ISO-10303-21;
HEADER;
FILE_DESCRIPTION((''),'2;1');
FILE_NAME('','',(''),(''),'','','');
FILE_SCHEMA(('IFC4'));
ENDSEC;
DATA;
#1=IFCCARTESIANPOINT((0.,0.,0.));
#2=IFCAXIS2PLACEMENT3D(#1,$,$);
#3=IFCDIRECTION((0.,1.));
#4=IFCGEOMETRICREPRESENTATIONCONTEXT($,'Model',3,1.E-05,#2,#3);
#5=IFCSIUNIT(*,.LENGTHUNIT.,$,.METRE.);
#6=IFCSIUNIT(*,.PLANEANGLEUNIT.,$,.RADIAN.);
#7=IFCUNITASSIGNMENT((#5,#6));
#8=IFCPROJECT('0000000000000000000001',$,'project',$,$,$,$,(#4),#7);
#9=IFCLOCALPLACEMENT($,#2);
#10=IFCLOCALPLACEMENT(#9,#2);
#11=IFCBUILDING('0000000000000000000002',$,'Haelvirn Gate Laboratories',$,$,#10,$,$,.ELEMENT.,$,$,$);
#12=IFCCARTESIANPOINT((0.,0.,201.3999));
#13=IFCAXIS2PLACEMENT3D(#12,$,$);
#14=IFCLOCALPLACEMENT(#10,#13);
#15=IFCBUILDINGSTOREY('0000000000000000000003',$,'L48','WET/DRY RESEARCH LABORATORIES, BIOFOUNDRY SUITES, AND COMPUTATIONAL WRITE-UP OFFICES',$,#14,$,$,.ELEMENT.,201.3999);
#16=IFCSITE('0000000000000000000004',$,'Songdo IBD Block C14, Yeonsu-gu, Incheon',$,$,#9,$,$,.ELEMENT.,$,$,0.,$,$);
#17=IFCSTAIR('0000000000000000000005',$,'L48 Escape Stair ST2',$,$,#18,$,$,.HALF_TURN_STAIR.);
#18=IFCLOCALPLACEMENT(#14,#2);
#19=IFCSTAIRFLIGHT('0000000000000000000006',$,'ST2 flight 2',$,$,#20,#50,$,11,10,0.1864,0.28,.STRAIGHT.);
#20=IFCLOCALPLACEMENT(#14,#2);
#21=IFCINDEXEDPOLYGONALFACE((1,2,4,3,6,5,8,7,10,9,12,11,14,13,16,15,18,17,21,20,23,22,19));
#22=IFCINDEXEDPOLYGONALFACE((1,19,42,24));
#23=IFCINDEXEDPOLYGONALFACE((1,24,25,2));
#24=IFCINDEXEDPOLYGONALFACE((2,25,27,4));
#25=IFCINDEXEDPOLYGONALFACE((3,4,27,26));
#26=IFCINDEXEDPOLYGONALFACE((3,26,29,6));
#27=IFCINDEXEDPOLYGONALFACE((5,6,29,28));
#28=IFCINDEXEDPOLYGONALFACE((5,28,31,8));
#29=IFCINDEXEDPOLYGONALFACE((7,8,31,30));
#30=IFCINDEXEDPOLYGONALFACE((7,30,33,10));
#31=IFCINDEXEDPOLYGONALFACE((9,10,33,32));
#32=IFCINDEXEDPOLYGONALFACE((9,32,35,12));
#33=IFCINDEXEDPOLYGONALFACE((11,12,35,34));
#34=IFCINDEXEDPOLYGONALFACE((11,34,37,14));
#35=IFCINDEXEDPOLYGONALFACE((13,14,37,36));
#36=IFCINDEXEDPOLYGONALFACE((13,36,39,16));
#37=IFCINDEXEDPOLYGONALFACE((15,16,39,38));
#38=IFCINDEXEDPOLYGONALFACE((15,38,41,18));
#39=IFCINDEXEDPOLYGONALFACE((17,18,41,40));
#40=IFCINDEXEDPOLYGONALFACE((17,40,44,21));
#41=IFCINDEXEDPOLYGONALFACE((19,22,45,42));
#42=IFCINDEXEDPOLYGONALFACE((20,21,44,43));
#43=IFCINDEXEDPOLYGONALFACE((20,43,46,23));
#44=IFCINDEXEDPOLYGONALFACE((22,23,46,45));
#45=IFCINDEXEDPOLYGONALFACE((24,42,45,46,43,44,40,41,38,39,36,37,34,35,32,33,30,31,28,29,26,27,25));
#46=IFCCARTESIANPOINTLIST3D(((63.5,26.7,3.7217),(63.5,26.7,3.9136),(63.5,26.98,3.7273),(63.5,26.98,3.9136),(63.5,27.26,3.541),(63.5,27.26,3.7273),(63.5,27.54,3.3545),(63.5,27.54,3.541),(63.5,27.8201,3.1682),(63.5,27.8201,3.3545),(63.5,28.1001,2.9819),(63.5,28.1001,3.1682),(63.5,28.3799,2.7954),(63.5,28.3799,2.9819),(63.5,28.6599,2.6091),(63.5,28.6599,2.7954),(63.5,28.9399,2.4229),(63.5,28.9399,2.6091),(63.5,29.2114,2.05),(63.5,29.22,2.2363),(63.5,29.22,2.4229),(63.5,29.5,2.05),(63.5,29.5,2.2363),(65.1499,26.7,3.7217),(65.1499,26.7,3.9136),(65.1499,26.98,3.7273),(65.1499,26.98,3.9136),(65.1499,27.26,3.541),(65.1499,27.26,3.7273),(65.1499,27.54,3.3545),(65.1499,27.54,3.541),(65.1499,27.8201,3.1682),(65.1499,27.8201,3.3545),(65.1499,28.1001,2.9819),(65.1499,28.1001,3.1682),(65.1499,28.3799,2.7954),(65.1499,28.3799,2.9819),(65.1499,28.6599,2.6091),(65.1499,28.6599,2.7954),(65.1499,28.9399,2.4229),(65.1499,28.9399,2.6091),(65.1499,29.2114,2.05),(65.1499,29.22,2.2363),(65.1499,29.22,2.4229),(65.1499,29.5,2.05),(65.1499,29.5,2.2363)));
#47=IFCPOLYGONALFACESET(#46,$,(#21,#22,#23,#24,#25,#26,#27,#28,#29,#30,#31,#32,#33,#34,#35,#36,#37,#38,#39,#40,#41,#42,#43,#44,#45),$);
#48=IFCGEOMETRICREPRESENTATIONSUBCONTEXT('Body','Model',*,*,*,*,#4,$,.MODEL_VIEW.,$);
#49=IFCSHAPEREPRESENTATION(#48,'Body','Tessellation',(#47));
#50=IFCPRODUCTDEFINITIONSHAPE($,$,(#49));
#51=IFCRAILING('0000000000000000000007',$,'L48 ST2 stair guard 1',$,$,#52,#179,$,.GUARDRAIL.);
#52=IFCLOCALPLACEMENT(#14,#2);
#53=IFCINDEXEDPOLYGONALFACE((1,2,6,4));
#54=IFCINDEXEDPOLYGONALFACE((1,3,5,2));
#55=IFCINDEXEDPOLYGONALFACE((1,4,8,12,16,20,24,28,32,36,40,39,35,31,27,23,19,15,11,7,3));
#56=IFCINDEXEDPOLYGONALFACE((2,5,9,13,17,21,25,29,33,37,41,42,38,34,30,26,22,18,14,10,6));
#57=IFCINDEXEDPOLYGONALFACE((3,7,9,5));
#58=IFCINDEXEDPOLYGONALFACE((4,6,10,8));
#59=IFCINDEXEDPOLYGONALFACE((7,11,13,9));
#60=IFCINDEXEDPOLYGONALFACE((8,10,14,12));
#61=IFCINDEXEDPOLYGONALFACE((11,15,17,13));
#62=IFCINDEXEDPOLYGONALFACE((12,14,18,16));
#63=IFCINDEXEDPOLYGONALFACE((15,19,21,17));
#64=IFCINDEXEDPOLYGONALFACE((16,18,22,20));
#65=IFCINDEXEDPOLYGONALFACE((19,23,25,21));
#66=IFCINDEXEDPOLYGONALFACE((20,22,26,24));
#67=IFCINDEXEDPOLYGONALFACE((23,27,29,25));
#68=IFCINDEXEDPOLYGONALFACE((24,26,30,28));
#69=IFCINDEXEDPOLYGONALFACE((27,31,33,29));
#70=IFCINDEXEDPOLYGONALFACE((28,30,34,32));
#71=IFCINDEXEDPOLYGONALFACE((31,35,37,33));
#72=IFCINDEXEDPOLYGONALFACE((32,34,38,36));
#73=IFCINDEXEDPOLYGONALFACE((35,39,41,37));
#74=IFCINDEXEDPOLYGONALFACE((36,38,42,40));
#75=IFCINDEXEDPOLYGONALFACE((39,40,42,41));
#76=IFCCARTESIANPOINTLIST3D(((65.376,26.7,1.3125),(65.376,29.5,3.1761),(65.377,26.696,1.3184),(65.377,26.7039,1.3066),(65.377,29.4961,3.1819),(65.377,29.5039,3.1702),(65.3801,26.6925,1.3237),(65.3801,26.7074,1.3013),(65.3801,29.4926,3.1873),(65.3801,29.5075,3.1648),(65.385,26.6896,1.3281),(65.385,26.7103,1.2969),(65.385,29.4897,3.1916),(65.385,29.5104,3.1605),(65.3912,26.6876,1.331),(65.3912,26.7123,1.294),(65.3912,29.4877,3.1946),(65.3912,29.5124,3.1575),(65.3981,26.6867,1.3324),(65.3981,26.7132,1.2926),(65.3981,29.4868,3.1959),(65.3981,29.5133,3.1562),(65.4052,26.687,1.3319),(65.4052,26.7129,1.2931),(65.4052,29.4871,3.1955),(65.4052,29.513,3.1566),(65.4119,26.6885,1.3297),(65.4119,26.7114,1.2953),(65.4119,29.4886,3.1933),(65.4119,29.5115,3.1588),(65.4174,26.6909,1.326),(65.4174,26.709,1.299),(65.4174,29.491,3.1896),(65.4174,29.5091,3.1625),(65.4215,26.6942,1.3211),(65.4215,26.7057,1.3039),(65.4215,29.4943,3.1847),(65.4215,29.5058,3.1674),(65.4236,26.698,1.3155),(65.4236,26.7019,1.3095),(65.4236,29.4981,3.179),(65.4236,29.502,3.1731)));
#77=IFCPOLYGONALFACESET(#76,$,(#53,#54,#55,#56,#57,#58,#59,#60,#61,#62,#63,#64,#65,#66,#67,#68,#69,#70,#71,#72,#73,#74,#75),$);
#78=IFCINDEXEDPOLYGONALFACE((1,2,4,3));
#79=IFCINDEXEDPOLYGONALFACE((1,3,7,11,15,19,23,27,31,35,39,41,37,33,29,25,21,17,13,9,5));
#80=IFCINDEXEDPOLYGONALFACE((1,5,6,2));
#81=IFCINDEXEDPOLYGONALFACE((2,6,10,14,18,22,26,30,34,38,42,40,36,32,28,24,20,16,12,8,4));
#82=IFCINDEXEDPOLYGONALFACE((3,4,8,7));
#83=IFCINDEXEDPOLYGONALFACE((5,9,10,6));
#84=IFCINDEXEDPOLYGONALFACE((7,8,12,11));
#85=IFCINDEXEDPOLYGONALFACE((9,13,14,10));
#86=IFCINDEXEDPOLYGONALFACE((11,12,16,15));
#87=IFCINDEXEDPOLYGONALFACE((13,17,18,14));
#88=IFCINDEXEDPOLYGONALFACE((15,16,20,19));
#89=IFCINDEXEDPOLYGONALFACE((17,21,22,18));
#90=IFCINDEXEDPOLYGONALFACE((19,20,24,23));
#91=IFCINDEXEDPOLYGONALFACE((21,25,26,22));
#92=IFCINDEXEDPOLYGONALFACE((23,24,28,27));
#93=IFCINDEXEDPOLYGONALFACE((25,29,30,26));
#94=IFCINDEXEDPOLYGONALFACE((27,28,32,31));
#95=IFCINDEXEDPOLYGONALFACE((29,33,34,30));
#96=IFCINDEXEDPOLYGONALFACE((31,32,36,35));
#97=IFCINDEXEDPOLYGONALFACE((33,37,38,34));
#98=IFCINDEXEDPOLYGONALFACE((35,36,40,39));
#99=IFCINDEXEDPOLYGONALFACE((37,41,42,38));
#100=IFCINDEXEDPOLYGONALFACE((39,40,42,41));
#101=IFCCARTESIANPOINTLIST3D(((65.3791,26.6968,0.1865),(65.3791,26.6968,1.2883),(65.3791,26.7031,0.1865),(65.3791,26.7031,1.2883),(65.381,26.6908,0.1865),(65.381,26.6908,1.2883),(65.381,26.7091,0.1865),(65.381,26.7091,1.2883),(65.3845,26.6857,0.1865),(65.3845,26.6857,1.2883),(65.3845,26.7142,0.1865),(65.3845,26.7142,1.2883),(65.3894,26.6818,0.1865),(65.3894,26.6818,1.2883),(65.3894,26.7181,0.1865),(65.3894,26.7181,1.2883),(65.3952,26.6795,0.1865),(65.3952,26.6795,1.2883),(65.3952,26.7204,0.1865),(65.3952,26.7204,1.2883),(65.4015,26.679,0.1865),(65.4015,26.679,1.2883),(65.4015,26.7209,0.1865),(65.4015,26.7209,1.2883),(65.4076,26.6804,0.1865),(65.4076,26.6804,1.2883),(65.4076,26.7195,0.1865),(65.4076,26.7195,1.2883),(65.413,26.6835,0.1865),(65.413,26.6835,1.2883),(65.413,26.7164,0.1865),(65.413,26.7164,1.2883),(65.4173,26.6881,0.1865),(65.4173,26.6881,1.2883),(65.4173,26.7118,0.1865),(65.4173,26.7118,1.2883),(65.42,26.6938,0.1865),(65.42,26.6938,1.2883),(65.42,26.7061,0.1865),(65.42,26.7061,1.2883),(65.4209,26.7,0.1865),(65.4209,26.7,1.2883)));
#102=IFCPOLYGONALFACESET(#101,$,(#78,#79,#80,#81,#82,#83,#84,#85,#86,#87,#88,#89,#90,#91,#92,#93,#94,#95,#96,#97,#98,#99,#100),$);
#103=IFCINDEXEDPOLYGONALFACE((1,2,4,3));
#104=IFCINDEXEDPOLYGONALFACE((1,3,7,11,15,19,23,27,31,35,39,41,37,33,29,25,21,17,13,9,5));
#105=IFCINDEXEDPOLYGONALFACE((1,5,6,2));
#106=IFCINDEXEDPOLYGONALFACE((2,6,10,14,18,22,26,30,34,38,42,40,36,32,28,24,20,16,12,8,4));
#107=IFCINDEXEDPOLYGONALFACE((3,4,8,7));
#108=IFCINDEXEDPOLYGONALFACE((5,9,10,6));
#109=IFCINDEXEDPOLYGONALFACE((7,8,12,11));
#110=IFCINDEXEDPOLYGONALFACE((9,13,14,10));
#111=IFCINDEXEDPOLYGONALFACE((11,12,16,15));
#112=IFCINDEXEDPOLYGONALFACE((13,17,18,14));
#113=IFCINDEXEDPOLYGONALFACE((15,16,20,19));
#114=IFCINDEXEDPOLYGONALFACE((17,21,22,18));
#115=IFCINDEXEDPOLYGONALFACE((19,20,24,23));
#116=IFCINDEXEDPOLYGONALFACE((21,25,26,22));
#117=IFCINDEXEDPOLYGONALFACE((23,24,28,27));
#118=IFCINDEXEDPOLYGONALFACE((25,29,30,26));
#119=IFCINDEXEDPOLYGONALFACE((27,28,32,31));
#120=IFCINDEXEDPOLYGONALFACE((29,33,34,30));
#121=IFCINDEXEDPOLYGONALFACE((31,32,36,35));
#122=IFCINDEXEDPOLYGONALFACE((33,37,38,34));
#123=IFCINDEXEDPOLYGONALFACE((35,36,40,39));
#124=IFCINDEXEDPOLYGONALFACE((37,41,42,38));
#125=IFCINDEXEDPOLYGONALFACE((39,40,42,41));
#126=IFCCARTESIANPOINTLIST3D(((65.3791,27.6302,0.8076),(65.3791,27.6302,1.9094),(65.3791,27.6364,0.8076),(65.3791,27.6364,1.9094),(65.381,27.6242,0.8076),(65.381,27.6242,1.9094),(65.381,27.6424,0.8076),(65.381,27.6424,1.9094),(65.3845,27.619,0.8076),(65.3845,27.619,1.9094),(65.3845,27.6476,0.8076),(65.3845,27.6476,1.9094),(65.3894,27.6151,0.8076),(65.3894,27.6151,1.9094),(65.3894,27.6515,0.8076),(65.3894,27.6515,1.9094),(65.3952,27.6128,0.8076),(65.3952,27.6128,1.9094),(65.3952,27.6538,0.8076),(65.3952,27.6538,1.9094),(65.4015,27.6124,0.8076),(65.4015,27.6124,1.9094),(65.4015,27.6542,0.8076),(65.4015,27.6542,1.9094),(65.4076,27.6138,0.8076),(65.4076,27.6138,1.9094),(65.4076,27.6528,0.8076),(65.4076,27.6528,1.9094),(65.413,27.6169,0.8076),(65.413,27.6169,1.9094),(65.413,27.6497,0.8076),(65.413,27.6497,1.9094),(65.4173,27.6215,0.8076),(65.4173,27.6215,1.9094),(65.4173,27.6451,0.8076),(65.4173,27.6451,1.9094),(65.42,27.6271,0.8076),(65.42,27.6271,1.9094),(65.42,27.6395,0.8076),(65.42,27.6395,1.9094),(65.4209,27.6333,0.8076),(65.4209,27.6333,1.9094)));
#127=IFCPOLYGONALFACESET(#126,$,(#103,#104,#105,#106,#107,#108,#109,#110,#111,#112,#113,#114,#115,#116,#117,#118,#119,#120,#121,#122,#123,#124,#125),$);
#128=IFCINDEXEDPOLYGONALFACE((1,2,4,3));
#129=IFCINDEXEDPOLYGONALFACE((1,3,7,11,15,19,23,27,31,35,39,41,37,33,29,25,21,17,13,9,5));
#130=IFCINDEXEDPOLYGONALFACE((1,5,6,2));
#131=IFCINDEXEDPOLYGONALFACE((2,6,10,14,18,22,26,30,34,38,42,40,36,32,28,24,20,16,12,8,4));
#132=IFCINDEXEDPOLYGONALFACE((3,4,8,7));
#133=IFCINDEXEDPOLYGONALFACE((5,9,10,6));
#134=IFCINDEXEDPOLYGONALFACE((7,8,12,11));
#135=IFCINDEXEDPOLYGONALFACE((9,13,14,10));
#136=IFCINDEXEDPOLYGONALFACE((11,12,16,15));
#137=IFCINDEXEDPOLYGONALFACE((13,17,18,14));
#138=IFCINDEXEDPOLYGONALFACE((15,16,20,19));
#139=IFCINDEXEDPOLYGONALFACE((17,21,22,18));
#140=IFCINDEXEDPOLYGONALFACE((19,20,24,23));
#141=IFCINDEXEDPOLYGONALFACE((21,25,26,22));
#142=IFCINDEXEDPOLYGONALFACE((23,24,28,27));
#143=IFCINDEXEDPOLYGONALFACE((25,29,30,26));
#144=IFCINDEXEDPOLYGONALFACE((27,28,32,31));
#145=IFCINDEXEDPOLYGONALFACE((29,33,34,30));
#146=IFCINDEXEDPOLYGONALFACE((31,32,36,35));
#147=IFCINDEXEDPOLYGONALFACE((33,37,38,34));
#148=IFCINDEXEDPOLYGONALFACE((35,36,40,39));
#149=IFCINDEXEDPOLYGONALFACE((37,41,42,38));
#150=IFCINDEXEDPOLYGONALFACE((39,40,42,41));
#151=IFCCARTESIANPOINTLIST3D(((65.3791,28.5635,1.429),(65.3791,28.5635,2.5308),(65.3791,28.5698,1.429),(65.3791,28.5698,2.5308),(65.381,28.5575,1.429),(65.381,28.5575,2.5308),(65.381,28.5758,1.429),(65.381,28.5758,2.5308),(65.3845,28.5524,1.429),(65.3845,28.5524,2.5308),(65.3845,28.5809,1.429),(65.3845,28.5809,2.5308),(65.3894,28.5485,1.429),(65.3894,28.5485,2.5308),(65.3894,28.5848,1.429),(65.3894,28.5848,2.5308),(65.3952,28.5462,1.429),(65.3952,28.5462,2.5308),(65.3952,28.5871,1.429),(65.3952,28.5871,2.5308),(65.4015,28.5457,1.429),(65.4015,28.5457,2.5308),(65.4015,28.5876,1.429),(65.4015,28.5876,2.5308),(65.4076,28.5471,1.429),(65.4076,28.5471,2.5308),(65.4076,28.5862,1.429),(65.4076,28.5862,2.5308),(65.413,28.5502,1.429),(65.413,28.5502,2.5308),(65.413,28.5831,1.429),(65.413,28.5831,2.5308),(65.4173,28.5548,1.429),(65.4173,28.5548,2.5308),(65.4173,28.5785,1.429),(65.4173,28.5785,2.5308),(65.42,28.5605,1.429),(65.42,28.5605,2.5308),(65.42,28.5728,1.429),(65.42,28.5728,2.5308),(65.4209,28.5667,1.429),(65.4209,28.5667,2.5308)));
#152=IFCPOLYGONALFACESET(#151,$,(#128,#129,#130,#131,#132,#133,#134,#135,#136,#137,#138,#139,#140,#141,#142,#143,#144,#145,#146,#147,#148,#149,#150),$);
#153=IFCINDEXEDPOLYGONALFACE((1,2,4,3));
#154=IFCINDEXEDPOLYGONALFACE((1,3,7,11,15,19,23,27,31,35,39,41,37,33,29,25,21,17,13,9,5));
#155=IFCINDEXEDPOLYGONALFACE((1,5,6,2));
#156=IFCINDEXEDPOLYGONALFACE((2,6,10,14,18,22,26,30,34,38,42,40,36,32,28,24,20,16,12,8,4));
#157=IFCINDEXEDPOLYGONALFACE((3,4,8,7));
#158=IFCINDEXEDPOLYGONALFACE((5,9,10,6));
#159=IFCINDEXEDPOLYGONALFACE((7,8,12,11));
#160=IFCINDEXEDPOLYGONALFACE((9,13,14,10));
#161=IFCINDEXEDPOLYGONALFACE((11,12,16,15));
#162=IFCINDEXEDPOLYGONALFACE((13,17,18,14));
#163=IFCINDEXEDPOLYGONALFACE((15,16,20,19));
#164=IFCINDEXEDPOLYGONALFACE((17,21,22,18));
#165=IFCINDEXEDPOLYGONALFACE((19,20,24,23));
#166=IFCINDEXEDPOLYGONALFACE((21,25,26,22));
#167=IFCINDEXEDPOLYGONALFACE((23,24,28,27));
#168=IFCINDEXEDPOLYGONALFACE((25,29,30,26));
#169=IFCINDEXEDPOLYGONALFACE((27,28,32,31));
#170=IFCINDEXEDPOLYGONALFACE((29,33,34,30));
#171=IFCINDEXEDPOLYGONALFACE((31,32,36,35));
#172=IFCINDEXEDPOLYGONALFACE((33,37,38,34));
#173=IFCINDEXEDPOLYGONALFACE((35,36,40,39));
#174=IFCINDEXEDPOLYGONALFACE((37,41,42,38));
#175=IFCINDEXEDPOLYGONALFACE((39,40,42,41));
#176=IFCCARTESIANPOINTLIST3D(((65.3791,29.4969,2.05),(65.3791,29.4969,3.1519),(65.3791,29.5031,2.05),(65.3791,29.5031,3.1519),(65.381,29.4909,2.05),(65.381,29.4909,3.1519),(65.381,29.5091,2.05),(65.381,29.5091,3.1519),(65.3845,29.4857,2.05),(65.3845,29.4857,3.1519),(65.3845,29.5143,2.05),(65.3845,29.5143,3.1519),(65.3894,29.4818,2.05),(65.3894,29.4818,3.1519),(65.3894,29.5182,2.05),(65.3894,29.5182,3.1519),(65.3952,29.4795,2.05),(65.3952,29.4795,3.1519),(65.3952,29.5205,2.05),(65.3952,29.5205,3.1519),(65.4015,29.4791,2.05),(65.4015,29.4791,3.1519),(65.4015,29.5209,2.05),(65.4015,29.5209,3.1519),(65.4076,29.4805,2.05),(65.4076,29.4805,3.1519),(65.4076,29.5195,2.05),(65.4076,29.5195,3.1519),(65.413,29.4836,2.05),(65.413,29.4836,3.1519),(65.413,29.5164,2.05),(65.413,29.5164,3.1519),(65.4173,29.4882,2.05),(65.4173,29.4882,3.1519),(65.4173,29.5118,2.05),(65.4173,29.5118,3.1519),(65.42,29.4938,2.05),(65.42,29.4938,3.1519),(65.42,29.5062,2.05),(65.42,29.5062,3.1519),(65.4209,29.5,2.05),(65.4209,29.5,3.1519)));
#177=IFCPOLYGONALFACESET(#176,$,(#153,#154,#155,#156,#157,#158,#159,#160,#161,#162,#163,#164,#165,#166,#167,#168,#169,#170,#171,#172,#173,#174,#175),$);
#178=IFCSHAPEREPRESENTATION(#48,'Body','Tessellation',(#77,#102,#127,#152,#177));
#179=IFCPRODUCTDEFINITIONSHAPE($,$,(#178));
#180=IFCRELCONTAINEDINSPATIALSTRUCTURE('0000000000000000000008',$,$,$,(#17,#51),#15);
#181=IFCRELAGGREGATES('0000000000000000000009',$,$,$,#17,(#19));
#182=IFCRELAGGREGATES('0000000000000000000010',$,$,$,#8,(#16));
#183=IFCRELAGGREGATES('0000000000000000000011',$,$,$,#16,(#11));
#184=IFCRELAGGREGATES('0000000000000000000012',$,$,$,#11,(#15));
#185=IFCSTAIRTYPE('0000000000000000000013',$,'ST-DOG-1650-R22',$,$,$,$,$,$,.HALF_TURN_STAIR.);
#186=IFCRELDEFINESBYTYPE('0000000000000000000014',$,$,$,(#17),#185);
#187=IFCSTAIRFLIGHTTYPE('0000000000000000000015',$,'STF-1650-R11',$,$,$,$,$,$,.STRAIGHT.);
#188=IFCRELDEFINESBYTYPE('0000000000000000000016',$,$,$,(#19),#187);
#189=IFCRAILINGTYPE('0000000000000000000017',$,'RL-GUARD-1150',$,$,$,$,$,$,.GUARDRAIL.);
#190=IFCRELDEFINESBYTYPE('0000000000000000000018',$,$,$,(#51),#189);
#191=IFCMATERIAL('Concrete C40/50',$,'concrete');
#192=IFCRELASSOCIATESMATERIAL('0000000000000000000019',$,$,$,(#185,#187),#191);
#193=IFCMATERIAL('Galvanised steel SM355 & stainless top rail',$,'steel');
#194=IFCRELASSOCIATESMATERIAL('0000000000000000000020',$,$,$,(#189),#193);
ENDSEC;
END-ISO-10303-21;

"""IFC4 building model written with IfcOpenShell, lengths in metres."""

from ifc_helpers import new_model, si_unit, direction, frame, origin, origin_2d, place, context, subcontext, project, spatial, polyline, circle, outline, extrude, source, transform, mapped, material, type_object, type_shapes, element, aggregate, save


model = new_model("IFC4")

# Units and contexts
model_context = context("Model", 3, precision=1e-05, world=origin(), true_north=direction((0.0, 1.0)))
body_context = subcontext(model_context, "Body", "Model", "MODEL_VIEW")
ifc_project = project(units=[si_unit("LENGTHUNIT", "METRE"), si_unit("PLANEANGLEUNIT", "RADIAN")], contexts=[model_context])

# Site, building, storey
site_placement = place(None, origin())
site = spatial("IfcSite", under=ifc_project, at=site_placement, Name="Songdo IBD Block C14, Yeonsu-gu, Incheon", CompositionType="ELEMENT", RefElevation=0.0)
building_placement = place(site_placement, origin())
building = spatial("IfcBuilding", under=site, at=building_placement, Name="Haelvirn Gate Laboratories", CompositionType="ELEMENT")
storey_placement = place(building_placement, frame((0.0, 0.0, 201.3999)))
storey = spatial("IfcBuildingStorey", under=building, at=storey_placement, Name="L48", Description="WET/DRY RESEARCH LABORATORIES, BIOFOUNDRY SUITES, AND COMPUTATIONAL WRITE-UP OFFICES", CompositionType="ELEMENT", Elevation=201.3999)

# Shared definitions
ifc_material_1 = material(Name="Concrete C40/50", Category="concrete")

# Stair, stair flight
stair_type = type_object("IfcStairType", Name="ST-DOG-1650-R22", PredefinedType="HALF_TURN_STAIR", material=ifc_material_1)
stair_placement = place(storey_placement, origin())
stair = element("IfcStair", 1, at=stair_placement, inside=storey, type_object=stair_type, Name="L48 Escape Stair ST2", PredefinedType="HALF_TURN_STAIR")
stair_flight_type = type_object("IfcStairFlightType", Name="STF-1650-R11", PredefinedType="STRAIGHT", material=ifc_material_1)
shared_shape_1 = source(origin(), body_context, "Body", "SweptSolid", [
    extrude(outline(polyline([(0.0, 0.0), (0.0, 0.1863), (0.28, 0.1863), (0.28, 0.3728), (0.5601, 0.3728), (0.5601, 0.5591), (0.8401, 0.5591), (0.8401, 0.7454), (1.1201, 0.7454), (1.1201, 0.9319), (1.3999, 0.9319), (1.3999, 1.1182), (1.6799, 1.1182), (1.6799, 1.3044), (1.96, 1.3044), (1.96, 1.491), (2.24, 1.491), (2.24, 1.6772), (2.52, 1.6772), (2.52, 1.8635), (2.8, 1.8635), (2.8, 2.05), (2.8, 1.6716), (0.2886, 0.0), (0.0, 0.0)])), frame((0.0, 0.825, 0.0), z_axis=(0.0, -1.0, 0.0), x_axis=(1.0, 0.0, 0.0)), (0.0, 0.0, 1.0), 1.6499),
])
type_shapes(stair_flight_type, [shared_shape_1])
stair_flight_1_placement = place(storey_placement, frame((64.325, 29.5, 2.05), z_axis=(0.0, 0.0, 1.0), x_axis=(0.0, -1.0, 0.0)))
stair_flight_1 = element("IfcStairFlight", 2, at=stair_flight_1_placement, type_object=stair_flight_type, Name="ST2 flight 2", NumberOfRisers=11, NumberOfTreads=10, PredefinedType="STRAIGHT", RiserHeight=0.1864, TreadLength=0.28, context=body_context, shape_type="MappedRepresentation", body=[
    mapped(shared_shape_1, transform((0.0, 0.0, 0.0), scale=1.0)),
])
aggregate(stair, [stair_flight_1])

# Railing
ifc_material_2 = material(Name="Galvanised steel SM355 & stainless top rail", Category="steel")
railing_type_1 = type_object("IfcRailingType", Name="RL-GUARD-1150", PredefinedType="GUARDRAIL", material=ifc_material_2)
shared_shape_2 = source(origin(), body_context, "Body", "SweptSolid", [
    extrude(circle(Radius=0.0239, at=origin_2d()), frame((0.0, 0.0, 1.126), z_axis=(0.0, 0.832486, 0.554047), x_axis=(-1.0, 0.0, 0.0)), (0.0, 0.0, 1.0), 3.3635),
    extrude(circle(Radius=0.021, at=origin_2d()), origin(), (0.0, 0.0, 1.0), 1.1018),
    extrude(circle(Radius=0.021, at=origin_2d()), frame((0.0, 0.9333, 0.6211)), (0.0, 0.0, 1.0), 1.1018),
    extrude(circle(Radius=0.021, at=origin_2d()), frame((0.0, 1.8667, 1.2424)), (0.0, 0.0, 1.0), 1.1018),
    extrude(circle(Radius=0.021, at=origin_2d()), frame((0.0, 2.8, 1.8635)), (0.0, 0.0, 1.0), 1.1018),
])
railing_1_placement = place(storey_placement, frame((65.3999, 26.7, 0.1865)))
element("IfcRailing", 3, at=railing_1_placement, inside=storey, type_object=railing_type_1, Name="L48 ST2 stair guard 1", PredefinedType="GUARDRAIL", context=body_context, shape_type="MappedRepresentation", body=[
    mapped(shared_shape_2, transform((0.0, 0.0, 0.0), scale=1.0)),
])

save(model, "model.ifc")
